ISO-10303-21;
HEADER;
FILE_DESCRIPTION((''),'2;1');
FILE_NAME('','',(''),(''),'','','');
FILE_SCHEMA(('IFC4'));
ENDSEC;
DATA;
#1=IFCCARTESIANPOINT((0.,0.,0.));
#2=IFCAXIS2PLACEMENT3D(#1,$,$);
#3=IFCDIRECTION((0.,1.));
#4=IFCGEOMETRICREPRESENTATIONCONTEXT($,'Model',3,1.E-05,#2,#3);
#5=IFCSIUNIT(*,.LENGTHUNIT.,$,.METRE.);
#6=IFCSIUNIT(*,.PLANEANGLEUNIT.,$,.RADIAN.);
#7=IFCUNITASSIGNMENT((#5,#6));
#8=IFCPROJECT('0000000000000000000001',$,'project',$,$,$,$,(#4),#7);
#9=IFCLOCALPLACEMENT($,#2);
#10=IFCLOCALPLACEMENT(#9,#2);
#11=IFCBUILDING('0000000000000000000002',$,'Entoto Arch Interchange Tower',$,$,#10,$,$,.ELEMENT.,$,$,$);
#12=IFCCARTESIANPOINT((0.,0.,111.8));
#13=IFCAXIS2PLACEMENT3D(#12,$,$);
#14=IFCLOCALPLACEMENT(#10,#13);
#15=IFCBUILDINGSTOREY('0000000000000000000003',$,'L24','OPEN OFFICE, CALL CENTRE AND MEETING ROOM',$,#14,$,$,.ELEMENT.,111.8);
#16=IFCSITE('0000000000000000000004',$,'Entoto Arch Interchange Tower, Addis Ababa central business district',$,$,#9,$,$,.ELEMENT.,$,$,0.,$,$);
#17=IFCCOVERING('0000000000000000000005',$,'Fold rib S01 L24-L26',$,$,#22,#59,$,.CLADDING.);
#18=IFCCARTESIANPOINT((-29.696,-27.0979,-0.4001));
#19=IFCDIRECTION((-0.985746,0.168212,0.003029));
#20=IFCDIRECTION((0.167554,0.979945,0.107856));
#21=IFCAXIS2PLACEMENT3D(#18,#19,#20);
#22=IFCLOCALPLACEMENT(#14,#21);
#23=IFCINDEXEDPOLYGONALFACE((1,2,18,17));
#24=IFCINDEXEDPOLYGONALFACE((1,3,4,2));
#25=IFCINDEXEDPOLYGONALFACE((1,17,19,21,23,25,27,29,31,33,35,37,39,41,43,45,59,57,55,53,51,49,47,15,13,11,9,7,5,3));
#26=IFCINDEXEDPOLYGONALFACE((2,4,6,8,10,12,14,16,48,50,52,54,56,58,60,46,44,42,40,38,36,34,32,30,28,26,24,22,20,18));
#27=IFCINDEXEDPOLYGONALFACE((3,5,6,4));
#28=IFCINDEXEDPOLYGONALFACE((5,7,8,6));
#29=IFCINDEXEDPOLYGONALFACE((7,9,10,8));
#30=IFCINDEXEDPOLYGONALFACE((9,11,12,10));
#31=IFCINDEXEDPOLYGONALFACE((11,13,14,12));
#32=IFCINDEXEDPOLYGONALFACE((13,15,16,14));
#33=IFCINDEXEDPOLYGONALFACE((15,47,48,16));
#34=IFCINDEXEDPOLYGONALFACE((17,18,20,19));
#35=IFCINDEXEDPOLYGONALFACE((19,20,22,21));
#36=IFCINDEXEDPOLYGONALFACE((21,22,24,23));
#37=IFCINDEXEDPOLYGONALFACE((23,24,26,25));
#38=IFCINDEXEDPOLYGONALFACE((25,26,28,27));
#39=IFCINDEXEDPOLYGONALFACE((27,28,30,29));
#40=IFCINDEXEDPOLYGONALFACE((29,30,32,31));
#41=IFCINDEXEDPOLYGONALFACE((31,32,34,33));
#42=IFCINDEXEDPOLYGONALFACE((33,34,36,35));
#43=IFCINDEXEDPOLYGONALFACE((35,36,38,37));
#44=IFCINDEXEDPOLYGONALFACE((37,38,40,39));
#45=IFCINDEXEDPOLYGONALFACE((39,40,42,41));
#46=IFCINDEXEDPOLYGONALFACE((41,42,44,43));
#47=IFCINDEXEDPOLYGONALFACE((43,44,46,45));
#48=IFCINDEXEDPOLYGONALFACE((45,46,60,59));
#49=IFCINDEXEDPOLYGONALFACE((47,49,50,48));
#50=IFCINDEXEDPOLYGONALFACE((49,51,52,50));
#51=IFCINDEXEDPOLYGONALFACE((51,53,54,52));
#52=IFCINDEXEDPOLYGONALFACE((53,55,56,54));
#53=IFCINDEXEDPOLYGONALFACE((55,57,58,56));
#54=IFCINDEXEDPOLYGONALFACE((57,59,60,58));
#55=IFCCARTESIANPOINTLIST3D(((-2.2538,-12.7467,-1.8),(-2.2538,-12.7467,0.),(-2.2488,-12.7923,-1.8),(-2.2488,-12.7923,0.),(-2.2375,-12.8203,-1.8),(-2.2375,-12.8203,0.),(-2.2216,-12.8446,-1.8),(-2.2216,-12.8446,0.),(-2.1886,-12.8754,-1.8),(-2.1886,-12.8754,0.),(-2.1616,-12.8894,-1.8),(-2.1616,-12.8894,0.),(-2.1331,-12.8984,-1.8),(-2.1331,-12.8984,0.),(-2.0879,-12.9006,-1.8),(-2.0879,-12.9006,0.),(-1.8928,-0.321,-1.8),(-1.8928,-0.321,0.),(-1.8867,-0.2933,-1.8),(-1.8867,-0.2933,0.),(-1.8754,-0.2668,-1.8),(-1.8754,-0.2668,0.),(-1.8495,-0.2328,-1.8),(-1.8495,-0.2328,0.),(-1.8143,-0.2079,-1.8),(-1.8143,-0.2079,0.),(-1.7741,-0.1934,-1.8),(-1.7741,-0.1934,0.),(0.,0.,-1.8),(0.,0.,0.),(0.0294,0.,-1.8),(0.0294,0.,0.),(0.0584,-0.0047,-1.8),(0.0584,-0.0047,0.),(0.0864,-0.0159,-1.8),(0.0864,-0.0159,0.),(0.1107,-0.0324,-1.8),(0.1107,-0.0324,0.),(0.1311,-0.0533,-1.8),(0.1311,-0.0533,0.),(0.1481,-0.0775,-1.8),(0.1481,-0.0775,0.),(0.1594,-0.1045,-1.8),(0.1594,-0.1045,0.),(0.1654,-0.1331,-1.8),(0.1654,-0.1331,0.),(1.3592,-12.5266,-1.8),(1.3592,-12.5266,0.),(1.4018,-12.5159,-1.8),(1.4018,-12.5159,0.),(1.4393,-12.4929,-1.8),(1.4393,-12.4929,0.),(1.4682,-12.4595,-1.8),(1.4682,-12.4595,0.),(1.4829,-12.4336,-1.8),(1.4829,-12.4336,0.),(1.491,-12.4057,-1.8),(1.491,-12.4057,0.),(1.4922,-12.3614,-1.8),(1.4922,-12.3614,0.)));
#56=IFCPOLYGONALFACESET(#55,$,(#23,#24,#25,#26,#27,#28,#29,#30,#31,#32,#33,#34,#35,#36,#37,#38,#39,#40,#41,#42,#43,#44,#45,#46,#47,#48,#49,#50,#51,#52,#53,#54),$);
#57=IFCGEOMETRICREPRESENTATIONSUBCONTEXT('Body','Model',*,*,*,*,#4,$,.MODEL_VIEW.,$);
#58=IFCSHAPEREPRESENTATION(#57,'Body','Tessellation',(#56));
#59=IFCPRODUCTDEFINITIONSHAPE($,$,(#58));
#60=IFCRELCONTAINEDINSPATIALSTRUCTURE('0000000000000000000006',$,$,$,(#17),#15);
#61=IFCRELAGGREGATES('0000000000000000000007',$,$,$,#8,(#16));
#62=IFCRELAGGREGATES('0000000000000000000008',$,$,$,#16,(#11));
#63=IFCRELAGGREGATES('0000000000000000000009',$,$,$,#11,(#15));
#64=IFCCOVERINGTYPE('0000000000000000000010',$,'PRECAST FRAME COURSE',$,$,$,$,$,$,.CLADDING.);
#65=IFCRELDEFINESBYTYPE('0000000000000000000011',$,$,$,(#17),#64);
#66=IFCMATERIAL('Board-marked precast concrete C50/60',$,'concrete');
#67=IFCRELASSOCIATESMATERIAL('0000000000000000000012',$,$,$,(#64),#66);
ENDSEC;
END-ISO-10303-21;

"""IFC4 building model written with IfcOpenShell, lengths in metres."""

from ifc_helpers import new_model, si_unit, direction, frame, origin, place, context, subcontext, project, spatial, polyline, outline, extrude, material, type_object, element, save


model = new_model("IFC4")

# Units and contexts
model_context = context("Model", 3, precision=1e-05, world=origin(), true_north=direction((0.0, 1.0)))
body_context = subcontext(model_context, "Body", "Model", "MODEL_VIEW")
ifc_project = project(units=[si_unit("LENGTHUNIT", "METRE"), si_unit("PLANEANGLEUNIT", "RADIAN")], contexts=[model_context])

# Site, building, storey
site_placement = place(None, origin())
site = spatial("IfcSite", under=ifc_project, at=site_placement, Name="Entoto Arch Interchange Tower, Addis Ababa central business district", CompositionType="ELEMENT", RefElevation=0.0)
building_placement = place(site_placement, origin())
building = spatial("IfcBuilding", under=site, at=building_placement, Name="Entoto Arch Interchange Tower", CompositionType="ELEMENT")
storey_placement = place(building_placement, frame((0.0, 0.0, 111.8)))
storey = spatial("IfcBuildingStorey", under=building, at=storey_placement, Name="L24", Description="OPEN OFFICE, CALL CENTRE AND MEETING ROOM", CompositionType="ELEMENT", Elevation=111.8)

# Covering
ifc_material_1 = material(Name="Board-marked precast concrete C50/60", Category="concrete")
covering_type = type_object("IfcCoveringType", Name="PRECAST FRAME COURSE", PredefinedType="CLADDING", material=ifc_material_1)
covering_1_placement = place(storey_placement, frame((-29.696, -27.0979, -0.4001), z_axis=(-0.985746, 0.168212, 0.003029), x_axis=(0.167554, 0.979945, 0.107856)))
element("IfcCovering", 1, at=covering_1_placement, inside=storey, type_object=covering_type, Name="Fold rib S01 L24-L26", PredefinedType="CLADDING", context=body_context, shape_type="SweptSolid", body=[
    extrude(outline(polyline([(0.0, 0.0), (0.0294, 0.0), (0.0584, -0.0047), (0.0864, -0.0159), (0.1107, -0.0324), (0.1311, -0.0533), (0.1481, -0.0775), (0.1594, -0.1045), (0.1654, -0.1331), (1.4922, -12.3614), (1.491, -12.4057), (1.4829, -12.4336), (1.4682, -12.4595), (1.4393, -12.4929), (1.4018, -12.5159), (1.3592, -12.5266), (-2.0879, -12.9006), (-2.1331, -12.8984), (-2.1616, -12.8894), (-2.1886, -12.8754), (-2.2216, -12.8446), (-2.2375, -12.8203), (-2.2488, -12.7923), (-2.2538, -12.7467), (-1.8928, -0.321), (-1.8867, -0.2933), (-1.8754, -0.2668), (-1.8495, -0.2328), (-1.8143, -0.2079), (-1.7741, -0.1934), (0.0, 0.0)])), origin(), (0.0, 0.0, -1.0), 1.8),
])

save(model, "model.ifc")
